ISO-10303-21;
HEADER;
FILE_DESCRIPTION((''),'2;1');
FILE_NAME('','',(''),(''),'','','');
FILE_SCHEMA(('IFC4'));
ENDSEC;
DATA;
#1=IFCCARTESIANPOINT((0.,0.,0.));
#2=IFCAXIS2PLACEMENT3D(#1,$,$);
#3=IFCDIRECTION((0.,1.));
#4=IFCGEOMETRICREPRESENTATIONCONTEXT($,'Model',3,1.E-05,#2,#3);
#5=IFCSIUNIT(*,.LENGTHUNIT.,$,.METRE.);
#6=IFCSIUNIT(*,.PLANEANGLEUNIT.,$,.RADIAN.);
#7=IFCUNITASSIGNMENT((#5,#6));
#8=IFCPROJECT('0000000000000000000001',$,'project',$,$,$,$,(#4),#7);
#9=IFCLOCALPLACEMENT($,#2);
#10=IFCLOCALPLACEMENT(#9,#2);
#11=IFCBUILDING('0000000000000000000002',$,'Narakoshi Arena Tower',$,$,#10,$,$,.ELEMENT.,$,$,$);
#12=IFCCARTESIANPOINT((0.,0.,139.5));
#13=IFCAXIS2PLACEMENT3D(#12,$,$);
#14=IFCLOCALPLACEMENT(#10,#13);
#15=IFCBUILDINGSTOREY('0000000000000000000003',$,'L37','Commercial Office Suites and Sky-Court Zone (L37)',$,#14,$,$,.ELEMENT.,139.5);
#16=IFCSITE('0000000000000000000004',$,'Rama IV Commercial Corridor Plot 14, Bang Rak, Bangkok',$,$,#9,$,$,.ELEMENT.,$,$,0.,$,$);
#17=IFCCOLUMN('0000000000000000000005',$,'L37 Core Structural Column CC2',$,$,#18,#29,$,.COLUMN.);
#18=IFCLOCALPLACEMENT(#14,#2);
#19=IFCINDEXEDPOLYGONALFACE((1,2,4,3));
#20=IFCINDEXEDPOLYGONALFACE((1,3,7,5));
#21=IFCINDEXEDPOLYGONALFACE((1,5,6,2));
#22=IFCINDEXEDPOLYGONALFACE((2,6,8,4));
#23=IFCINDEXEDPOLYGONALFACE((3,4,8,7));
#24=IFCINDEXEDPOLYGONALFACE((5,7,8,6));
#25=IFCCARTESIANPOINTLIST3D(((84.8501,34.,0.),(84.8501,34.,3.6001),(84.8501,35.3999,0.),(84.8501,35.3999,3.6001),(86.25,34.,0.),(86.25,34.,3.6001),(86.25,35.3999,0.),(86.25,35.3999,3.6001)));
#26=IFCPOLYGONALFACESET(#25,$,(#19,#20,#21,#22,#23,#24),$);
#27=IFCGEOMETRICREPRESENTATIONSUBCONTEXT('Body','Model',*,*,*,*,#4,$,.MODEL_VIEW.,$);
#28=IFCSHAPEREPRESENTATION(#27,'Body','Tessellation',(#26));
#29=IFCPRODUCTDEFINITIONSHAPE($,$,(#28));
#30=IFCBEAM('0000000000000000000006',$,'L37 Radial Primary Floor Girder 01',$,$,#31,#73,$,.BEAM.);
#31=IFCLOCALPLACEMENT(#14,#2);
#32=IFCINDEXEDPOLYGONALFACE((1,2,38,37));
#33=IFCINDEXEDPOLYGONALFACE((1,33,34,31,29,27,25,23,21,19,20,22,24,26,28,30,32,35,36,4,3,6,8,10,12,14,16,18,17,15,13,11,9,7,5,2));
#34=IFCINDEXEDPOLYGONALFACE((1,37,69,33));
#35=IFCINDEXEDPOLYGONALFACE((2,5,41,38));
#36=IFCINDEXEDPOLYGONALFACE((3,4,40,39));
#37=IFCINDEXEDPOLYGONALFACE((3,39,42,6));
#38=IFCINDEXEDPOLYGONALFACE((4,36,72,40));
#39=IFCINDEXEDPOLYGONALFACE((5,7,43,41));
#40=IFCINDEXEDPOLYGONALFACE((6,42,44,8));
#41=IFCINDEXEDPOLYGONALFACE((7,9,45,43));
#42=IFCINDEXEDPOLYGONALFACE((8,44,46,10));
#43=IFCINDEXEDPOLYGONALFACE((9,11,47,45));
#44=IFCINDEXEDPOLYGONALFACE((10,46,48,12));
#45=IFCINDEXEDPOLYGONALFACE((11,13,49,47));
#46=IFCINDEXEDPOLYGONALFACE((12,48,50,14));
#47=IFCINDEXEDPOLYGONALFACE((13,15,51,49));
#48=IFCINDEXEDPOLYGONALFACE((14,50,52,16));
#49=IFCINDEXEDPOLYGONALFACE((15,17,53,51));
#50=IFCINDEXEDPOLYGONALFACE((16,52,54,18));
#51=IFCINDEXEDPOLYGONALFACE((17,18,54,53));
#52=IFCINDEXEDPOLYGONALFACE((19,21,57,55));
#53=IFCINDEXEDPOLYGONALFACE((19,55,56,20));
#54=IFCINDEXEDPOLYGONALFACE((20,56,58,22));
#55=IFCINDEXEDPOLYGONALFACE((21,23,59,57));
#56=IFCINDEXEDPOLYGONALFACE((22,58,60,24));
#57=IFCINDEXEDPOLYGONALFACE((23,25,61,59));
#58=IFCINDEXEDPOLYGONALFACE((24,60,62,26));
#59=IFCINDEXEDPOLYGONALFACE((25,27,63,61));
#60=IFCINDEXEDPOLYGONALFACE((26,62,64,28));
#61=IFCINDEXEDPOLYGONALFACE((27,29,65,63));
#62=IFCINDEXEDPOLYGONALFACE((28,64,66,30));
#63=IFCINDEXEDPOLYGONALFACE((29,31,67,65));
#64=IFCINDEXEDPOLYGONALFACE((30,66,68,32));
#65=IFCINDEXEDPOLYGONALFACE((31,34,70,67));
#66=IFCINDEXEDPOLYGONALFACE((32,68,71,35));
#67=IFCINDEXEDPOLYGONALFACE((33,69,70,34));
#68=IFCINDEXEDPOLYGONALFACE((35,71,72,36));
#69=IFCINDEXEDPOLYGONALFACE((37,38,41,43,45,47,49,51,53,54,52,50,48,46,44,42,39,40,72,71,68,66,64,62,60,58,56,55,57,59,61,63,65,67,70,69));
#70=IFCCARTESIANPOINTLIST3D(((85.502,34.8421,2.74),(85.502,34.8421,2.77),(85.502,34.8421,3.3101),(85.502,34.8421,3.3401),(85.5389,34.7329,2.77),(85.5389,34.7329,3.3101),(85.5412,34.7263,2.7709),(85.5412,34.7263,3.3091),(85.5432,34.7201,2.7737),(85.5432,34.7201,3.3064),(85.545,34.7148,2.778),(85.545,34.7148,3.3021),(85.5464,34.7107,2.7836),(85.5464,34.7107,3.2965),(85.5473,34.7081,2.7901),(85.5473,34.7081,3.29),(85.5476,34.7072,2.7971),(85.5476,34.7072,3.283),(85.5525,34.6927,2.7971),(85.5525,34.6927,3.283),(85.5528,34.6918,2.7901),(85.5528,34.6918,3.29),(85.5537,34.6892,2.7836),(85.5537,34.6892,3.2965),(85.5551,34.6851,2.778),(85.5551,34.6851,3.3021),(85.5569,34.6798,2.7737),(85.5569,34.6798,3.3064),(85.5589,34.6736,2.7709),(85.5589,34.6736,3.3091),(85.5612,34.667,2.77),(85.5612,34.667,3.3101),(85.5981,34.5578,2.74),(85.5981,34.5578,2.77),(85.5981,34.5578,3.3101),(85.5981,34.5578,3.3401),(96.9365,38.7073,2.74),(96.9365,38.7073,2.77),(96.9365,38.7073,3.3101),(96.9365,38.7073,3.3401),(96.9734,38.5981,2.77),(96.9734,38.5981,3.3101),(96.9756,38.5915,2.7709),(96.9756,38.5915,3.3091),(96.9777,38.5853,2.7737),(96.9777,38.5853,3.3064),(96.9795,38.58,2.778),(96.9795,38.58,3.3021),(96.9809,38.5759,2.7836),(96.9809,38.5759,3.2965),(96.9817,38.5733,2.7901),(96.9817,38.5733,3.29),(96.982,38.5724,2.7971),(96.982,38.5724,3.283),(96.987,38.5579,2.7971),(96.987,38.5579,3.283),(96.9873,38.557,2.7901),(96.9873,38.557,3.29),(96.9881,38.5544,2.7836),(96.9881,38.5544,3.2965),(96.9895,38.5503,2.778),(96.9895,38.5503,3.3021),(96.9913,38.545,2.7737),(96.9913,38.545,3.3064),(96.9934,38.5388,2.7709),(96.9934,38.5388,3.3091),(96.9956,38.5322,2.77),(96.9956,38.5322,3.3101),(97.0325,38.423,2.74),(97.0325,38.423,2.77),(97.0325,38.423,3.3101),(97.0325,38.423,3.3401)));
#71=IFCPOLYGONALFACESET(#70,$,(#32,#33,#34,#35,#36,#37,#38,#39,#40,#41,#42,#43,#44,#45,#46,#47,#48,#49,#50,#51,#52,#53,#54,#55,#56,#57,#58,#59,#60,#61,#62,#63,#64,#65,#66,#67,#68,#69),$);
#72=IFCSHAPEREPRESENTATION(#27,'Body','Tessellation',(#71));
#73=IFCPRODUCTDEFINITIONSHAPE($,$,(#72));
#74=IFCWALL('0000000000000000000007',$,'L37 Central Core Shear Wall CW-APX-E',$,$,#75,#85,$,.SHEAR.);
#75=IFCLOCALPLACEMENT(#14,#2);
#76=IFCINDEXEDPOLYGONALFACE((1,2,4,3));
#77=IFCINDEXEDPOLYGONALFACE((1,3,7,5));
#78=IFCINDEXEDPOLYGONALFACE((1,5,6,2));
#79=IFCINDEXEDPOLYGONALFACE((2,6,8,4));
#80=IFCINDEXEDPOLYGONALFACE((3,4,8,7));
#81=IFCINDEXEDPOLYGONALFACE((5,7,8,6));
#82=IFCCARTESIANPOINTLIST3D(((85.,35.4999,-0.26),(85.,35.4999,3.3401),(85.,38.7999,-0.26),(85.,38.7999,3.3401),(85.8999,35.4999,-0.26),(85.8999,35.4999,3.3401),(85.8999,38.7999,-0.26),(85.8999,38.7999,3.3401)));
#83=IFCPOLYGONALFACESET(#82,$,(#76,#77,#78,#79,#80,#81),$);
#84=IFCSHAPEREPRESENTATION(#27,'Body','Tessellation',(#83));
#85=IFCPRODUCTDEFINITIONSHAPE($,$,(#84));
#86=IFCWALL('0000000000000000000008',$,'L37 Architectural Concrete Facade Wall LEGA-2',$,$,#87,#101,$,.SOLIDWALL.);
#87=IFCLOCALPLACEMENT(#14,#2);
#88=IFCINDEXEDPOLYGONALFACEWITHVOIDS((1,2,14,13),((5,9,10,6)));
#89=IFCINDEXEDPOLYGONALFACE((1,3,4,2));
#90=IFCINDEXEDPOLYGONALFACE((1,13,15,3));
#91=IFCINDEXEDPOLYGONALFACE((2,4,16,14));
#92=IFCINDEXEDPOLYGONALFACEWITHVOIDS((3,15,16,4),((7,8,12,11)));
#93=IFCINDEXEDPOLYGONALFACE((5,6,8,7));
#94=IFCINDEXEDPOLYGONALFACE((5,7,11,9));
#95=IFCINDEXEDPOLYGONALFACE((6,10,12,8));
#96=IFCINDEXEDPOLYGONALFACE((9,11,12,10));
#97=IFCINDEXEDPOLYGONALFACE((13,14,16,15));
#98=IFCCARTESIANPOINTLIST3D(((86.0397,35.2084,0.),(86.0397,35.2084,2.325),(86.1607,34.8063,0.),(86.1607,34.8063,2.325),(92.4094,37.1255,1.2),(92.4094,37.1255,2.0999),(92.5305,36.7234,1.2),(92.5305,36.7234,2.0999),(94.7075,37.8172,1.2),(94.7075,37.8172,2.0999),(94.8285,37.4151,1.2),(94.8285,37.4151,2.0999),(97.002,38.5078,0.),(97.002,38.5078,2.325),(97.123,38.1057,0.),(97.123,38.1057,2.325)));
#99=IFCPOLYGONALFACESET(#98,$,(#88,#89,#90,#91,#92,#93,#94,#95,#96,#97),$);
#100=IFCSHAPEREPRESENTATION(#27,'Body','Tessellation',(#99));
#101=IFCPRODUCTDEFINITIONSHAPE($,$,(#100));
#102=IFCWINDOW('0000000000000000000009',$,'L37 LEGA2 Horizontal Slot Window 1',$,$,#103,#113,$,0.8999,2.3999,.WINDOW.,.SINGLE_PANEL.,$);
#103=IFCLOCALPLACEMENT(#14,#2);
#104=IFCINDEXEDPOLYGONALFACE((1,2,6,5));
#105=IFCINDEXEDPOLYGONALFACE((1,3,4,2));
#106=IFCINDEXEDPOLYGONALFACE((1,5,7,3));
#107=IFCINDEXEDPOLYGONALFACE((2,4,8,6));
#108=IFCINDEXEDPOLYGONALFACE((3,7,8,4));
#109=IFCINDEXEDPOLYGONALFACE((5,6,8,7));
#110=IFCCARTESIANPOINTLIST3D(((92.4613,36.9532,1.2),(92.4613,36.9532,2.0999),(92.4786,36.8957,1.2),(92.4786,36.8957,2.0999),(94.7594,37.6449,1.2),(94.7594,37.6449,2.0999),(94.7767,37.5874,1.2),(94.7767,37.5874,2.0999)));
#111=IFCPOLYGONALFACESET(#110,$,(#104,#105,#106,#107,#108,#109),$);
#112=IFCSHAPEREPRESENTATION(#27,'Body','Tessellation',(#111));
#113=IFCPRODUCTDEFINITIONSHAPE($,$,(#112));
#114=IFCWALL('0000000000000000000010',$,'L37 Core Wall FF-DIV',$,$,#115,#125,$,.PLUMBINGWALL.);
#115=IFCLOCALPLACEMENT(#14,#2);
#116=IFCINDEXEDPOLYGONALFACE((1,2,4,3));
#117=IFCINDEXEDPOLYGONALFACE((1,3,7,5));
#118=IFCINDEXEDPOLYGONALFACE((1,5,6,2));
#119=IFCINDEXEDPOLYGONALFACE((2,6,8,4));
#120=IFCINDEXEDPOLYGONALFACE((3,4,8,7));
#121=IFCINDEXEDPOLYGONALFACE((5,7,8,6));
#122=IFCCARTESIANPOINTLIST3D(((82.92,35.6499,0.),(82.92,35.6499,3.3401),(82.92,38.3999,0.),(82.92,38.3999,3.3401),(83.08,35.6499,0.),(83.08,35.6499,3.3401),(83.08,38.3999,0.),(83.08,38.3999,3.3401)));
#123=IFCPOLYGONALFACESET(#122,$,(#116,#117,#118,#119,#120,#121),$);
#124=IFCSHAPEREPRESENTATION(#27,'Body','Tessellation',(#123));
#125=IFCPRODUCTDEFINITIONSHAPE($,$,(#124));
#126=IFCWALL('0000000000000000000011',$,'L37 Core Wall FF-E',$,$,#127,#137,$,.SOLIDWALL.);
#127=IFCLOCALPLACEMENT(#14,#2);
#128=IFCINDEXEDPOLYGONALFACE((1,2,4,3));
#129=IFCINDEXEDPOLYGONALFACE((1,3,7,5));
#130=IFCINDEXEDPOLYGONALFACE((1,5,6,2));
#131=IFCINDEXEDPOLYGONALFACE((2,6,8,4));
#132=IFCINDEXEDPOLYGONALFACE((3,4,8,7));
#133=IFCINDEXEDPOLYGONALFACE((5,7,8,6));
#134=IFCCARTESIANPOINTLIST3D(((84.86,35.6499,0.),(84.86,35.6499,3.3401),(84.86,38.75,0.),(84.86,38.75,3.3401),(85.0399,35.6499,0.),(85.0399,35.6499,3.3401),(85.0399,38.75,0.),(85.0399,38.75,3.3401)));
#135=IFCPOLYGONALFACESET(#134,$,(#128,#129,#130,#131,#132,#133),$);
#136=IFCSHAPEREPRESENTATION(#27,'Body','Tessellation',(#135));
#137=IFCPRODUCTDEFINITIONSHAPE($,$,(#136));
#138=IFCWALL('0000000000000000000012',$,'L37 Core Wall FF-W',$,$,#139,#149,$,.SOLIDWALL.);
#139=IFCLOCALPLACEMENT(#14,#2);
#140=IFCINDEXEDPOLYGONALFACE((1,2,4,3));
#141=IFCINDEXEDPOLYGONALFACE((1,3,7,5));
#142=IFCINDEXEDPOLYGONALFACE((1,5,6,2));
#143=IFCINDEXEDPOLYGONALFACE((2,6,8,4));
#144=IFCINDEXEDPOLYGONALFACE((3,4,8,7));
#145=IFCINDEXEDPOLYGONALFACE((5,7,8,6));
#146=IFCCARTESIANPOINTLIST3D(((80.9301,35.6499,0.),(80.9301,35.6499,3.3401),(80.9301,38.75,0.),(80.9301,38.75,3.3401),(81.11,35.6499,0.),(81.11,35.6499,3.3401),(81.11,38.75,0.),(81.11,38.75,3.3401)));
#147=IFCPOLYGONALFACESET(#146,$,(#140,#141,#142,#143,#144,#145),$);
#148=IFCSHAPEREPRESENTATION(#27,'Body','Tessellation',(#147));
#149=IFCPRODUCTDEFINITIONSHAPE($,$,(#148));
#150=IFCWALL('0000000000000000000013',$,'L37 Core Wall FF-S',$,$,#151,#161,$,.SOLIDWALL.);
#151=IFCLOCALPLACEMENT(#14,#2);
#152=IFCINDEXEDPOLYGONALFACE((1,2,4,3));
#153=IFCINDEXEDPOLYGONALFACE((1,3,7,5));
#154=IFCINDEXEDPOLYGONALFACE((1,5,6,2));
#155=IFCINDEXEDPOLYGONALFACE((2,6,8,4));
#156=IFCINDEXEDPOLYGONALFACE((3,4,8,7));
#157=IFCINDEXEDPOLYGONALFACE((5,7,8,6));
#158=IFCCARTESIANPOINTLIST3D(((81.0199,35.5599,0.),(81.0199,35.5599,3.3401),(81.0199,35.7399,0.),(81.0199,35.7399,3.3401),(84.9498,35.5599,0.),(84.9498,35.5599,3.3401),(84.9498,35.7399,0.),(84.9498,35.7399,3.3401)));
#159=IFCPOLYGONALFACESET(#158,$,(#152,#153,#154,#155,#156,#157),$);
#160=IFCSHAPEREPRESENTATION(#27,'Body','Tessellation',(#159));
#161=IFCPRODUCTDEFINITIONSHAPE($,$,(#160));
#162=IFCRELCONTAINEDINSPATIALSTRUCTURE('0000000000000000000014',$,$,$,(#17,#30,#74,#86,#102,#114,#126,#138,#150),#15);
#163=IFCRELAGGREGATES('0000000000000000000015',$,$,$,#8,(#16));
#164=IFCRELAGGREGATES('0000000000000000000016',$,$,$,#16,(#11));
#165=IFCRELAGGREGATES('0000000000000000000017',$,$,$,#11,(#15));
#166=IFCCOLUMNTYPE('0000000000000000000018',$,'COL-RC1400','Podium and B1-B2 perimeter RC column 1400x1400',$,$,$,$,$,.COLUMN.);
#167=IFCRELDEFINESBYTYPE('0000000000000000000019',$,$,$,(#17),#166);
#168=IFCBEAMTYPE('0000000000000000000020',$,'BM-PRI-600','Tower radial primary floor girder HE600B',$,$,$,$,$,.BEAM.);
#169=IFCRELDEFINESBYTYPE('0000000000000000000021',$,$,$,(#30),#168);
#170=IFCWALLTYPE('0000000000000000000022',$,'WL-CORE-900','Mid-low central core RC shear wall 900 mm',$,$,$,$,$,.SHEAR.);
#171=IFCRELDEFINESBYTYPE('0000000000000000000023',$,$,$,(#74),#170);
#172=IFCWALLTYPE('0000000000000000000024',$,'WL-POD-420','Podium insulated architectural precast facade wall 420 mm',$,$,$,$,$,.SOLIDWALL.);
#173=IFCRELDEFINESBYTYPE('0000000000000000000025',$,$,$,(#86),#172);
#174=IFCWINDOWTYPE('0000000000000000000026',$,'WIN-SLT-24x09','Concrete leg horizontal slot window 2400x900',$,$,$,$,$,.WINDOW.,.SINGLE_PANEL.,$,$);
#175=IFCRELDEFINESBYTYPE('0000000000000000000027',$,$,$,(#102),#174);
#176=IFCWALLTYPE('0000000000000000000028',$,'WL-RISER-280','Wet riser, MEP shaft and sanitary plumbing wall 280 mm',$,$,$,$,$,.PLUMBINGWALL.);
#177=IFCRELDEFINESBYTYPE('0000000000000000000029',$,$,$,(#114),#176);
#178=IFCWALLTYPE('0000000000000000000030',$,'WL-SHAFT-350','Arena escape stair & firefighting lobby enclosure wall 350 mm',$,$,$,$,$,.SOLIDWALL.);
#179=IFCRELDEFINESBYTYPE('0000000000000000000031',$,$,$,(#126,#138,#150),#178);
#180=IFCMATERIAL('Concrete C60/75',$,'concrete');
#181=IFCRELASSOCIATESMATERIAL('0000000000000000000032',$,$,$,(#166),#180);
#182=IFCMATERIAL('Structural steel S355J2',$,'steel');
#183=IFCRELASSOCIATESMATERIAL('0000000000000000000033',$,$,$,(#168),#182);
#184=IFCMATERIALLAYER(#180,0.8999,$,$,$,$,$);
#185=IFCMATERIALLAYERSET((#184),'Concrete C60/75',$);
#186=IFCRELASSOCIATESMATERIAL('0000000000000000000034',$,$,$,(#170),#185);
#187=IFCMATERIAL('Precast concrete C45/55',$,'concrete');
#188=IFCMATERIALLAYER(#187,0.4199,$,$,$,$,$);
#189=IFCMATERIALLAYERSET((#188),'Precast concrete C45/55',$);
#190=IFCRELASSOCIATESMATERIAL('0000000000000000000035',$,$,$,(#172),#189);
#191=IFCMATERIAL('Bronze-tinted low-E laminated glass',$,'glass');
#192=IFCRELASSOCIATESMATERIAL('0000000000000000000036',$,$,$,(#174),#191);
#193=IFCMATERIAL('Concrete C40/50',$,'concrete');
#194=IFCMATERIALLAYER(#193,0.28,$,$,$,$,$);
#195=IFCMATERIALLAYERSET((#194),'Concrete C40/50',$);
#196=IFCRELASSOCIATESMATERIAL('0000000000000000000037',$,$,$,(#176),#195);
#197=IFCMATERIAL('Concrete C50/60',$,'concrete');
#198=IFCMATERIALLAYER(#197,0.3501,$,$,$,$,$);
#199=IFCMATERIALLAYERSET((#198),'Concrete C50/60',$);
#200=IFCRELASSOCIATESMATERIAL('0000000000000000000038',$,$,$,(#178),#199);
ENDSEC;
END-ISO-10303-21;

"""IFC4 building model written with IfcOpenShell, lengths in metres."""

from ifc_helpers import new_model, si_unit, direction, frame, frame_2d, origin, origin_2d, place, context, subcontext, project, spatial, rectangle, i_section, extrude, material, layer, layer_set, material_profile, profile_set, type_object, element, fill, save


model = new_model("IFC4")

# Units and contexts
model_context = context("Model", 3, precision=1e-05, world=origin(), true_north=direction((0.0, 1.0)))
body_context = subcontext(model_context, "Body", "Model", "MODEL_VIEW")
ifc_project = project(units=[si_unit("LENGTHUNIT", "METRE"), si_unit("PLANEANGLEUNIT", "RADIAN")], contexts=[model_context])

# Site, building, storey
site_placement = place(None, origin())
site = spatial("IfcSite", under=ifc_project, at=site_placement, Name="Rama IV Commercial Corridor Plot 14, Bang Rak, Bangkok", CompositionType="ELEMENT", RefElevation=0.0)
building_placement = place(site_placement, origin())
building = spatial("IfcBuilding", under=site, at=building_placement, Name="Narakoshi Arena Tower", CompositionType="ELEMENT")
storey_placement = place(building_placement, frame((0.0, 0.0, 139.5)))
storey = spatial("IfcBuildingStorey", under=building, at=storey_placement, Name="L37", Description="Commercial Office Suites and Sky-Court Zone (L37)", CompositionType="ELEMENT", Elevation=139.5)

# Column
ifc_material_1 = material(Name="Concrete C60/75", Category="concrete")
ifc_material_profile_1 = material_profile(ifc_material_1, rectangle(XDim=1.3999, YDim=1.3999, at=origin_2d()), Name="RC1400x1400")
ifc_profile_set_1 = profile_set([ifc_material_profile_1], Name="Concrete C60/75")
column_type = type_object("IfcColumnType", Name="COL-RC1400", Description="Podium and B1-B2 perimeter RC column 1400x1400", PredefinedType="COLUMN", material=ifc_profile_set_1)
column_placement = place(storey_placement, frame((85.55, 34.7, 0.0), z_axis=(0.0, 0.0, 1.0), x_axis=(1.0, 0.0, 0.0)))
element("IfcColumn", 1, at=column_placement, inside=storey, type_object=column_type, Name="L37 Core Structural Column CC2", PredefinedType="COLUMN", context=body_context, shape_type="SweptSolid", body=[
    extrude(rectangle(XDim=1.3999, YDim=1.3999, at=origin_2d()), origin(), (0.0, 0.0, 1.0), 3.6001),
])

# Beam
ifc_material_2 = material(Name="Structural steel S355J2", Category="steel")
ifc_material_profile_2 = material_profile(ifc_material_2, i_section(OverallWidth=0.3, OverallDepth=0.6001, WebThickness=0.0154, FlangeThickness=0.03, FilletRadius=0.0271, at=origin_2d()), Name="HE600B")
ifc_profile_set_2 = profile_set([ifc_material_profile_2], Name="Structural steel S355J2")
beam_type = type_object("IfcBeamType", Name="BM-PRI-600", Description="Tower radial primary floor girder HE600B", PredefinedType="BEAM", material=ifc_profile_set_2)
beam_placement = place(storey_placement, frame((85.55, 34.7, 3.04), z_axis=(0.94734, 0.32023, 0.0), x_axis=(-0.32023, 0.94734, 0.0)))
element("IfcBeam", 2, at=beam_placement, inside=storey, type_object=beam_type, Name="L37 Radial Primary Floor Girder 01", PredefinedType="BEAM", context=body_context, shape_type="SweptSolid", body=[
    extrude(i_section(OverallWidth=0.3, OverallDepth=0.6001, WebThickness=0.0154, FlangeThickness=0.03, FilletRadius=0.0271, at=origin_2d()), origin(), (0.0, 0.0, 1.0), 12.0701),
])

# Wall
ifc_layer_1 = layer(ifc_material_1, 0.8999)
ifc_layer_set_1 = layer_set([ifc_layer_1], Name="Concrete C60/75")
wall_type_1 = type_object("IfcWallType", Name="WL-CORE-900", Description="Mid-low central core RC shear wall 900 mm", PredefinedType="SHEAR", material=ifc_layer_set_1)
wall_1_placement = place(storey_placement, frame((85.45, 35.5, -0.26), z_axis=(0.0, 0.0, 1.0), x_axis=(0.0, 1.0, 0.0)))
element("IfcWall", 3, at=wall_1_placement, inside=storey, type_object=wall_type_1, Name="L37 Central Core Shear Wall CW-APX-E", PredefinedType="SHEAR", context=body_context, shape_type="SweptSolid", body=[
    extrude(rectangle(XDim=3.3, YDim=0.8999, at=frame_2d((1.6499, 0.0))), origin(), (0.0, 0.0, 1.0), 3.6001),
])

# Wall, opening, window
ifc_material_3 = material(Name="Precast concrete C45/55", Category="concrete")
ifc_layer_2 = layer(ifc_material_3, 0.4199)
ifc_layer_set_2 = layer_set([ifc_layer_2], Name="Precast concrete C45/55")
wall_type_2 = type_object("IfcWallType", Name="WL-POD-420", Description="Podium insulated architectural precast facade wall 420 mm", PredefinedType="SOLIDWALL", material=ifc_layer_set_2)
wall_2_placement = place(storey_placement, frame((86.1001, 35.0073, 0.0), z_axis=(0.0, 0.0, 1.0), x_axis=(0.957569, 0.288203, 0.0)))
wall_2 = element("IfcWall", 4, at=wall_2_placement, inside=storey, type_object=wall_type_2, Name="L37 Architectural Concrete Facade Wall LEGA-2", PredefinedType="SOLIDWALL", context=body_context, shape_type="SweptSolid", body=[
    extrude(rectangle(XDim=11.448, YDim=0.4199, at=frame_2d((5.7241, 0.0))), origin(), (0.0, 0.0, 1.0), 2.325),
])
opening_1_placement = place(wall_2_placement, frame((6.6521, 0.0, 1.2)))
opening_1 = element("IfcOpeningElement", 5, at=opening_1_placement, cuts=wall_2, PredefinedType="OPENING", context=body_context, shape_type="SweptSolid", body=[
    extrude(rectangle(XDim=2.3999, YDim=0.8999, at=frame_2d((1.2, 0.45))), frame((0.0, 0.22, 0.0), z_axis=(0.0, -1.0, 0.0), x_axis=(1.0, 0.0, 0.0)), (0.0, 0.0, 1.0), 0.4399),
])
ifc_material_4 = material(Name="Bronze-tinted low-E laminated glass", Category="glass")
window_type = type_object("IfcWindowType", Name="WIN-SLT-24x09", Description="Concrete leg horizontal slot window 2400x900", PartitioningType="SINGLE_PANEL", PredefinedType="WINDOW", material=ifc_material_4)
window_placement = place(opening_1_placement, origin())
window = element("IfcWindow", 6, at=window_placement, inside=storey, type_object=window_type, Name="L37 LEGA2 Horizontal Slot Window 1", OverallHeight=0.8999, OverallWidth=2.3999, PartitioningType="SINGLE_PANEL", PredefinedType="WINDOW", context=body_context, shape_type="SweptSolid", body=[
    extrude(rectangle(XDim=2.3999, YDim=0.8999, at=frame_2d((1.2, 0.45))), frame((0.0, 0.03, 0.0), z_axis=(0.0, -1.0, 0.0), x_axis=(1.0, 0.0, 0.0)), (0.0, 0.0, 1.0), 0.0601),
])
fill(opening_1, window)

# Walls
ifc_material_5 = material(Name="Concrete C40/50", Category="concrete")
ifc_layer_3 = layer(ifc_material_5, 0.28)
ifc_layer_set_3 = layer_set([ifc_layer_3], Name="Concrete C40/50")
wall_type_3 = type_object("IfcWallType", Name="WL-RISER-280", Description="Wet riser, MEP shaft and sanitary plumbing wall 280 mm", PredefinedType="PLUMBINGWALL", material=ifc_layer_set_3)
wall_3_placement = place(storey_placement, frame((83.0, 35.6499, 0.0), z_axis=(0.0, 0.0, 1.0), x_axis=(0.0, 1.0, 0.0)))
element("IfcWall", 7, at=wall_3_placement, inside=storey, type_object=wall_type_3, Name="L37 Core Wall FF-DIV", PredefinedType="PLUMBINGWALL", context=body_context, shape_type="SweptSolid", body=[
    extrude(rectangle(XDim=2.75, YDim=0.1599, at=frame_2d((1.375, 0.0))), origin(), (0.0, 0.0, 1.0), 3.3401),
])
ifc_material_6 = material(Name="Concrete C50/60", Category="concrete")
ifc_layer_4 = layer(ifc_material_6, 0.3501)
ifc_layer_set_4 = layer_set([ifc_layer_4], Name="Concrete C50/60")
wall_type_4 = type_object("IfcWallType", Name="WL-SHAFT-350", Description="Arena escape stair & firefighting lobby enclosure wall 350 mm", PredefinedType="SOLIDWALL", material=ifc_layer_set_4)
for number, where, z_axis, x_axis, name in (
    (8, (84.95, 35.6499, 0.0), (0.0, 0.0, 1.0), (0.0, 1.0, 0.0), "L37 Core Wall FF-E"),
    (9, (81.02, 35.6499, 0.0), (0.0, 0.0, 1.0), (0.0, 1.0, 0.0), "L37 Core Wall FF-W"),
):
    element("IfcWall", number, at=place(storey_placement, frame(where, z_axis=z_axis, x_axis=x_axis)), inside=storey, type_object=wall_type_4, Name=name, PredefinedType="SOLIDWALL", context=body_context, shape_type="SweptSolid", body=[
        extrude(rectangle(XDim=3.1001, YDim=0.1799, at=frame_2d((1.55, 0.0))), origin(), (0.0, 0.0, 1.0), 3.3401),
    ])
wall_4_placement = place(storey_placement, frame((81.02, 35.6499, 0.0), z_axis=(0.0, 0.0, 1.0), x_axis=(1.0, 0.0, 0.0)))
element("IfcWall", 10, at=wall_4_placement, inside=storey, type_object=wall_type_4, Name="L37 Core Wall FF-S", PredefinedType="SOLIDWALL", context=body_context, shape_type="SweptSolid", body=[
    extrude(rectangle(XDim=3.9299, YDim=0.1799, at=frame_2d((1.9648, 0.0))), origin(), (0.0, 0.0, 1.0), 3.3401),
])

save(model, "model.ifc")
